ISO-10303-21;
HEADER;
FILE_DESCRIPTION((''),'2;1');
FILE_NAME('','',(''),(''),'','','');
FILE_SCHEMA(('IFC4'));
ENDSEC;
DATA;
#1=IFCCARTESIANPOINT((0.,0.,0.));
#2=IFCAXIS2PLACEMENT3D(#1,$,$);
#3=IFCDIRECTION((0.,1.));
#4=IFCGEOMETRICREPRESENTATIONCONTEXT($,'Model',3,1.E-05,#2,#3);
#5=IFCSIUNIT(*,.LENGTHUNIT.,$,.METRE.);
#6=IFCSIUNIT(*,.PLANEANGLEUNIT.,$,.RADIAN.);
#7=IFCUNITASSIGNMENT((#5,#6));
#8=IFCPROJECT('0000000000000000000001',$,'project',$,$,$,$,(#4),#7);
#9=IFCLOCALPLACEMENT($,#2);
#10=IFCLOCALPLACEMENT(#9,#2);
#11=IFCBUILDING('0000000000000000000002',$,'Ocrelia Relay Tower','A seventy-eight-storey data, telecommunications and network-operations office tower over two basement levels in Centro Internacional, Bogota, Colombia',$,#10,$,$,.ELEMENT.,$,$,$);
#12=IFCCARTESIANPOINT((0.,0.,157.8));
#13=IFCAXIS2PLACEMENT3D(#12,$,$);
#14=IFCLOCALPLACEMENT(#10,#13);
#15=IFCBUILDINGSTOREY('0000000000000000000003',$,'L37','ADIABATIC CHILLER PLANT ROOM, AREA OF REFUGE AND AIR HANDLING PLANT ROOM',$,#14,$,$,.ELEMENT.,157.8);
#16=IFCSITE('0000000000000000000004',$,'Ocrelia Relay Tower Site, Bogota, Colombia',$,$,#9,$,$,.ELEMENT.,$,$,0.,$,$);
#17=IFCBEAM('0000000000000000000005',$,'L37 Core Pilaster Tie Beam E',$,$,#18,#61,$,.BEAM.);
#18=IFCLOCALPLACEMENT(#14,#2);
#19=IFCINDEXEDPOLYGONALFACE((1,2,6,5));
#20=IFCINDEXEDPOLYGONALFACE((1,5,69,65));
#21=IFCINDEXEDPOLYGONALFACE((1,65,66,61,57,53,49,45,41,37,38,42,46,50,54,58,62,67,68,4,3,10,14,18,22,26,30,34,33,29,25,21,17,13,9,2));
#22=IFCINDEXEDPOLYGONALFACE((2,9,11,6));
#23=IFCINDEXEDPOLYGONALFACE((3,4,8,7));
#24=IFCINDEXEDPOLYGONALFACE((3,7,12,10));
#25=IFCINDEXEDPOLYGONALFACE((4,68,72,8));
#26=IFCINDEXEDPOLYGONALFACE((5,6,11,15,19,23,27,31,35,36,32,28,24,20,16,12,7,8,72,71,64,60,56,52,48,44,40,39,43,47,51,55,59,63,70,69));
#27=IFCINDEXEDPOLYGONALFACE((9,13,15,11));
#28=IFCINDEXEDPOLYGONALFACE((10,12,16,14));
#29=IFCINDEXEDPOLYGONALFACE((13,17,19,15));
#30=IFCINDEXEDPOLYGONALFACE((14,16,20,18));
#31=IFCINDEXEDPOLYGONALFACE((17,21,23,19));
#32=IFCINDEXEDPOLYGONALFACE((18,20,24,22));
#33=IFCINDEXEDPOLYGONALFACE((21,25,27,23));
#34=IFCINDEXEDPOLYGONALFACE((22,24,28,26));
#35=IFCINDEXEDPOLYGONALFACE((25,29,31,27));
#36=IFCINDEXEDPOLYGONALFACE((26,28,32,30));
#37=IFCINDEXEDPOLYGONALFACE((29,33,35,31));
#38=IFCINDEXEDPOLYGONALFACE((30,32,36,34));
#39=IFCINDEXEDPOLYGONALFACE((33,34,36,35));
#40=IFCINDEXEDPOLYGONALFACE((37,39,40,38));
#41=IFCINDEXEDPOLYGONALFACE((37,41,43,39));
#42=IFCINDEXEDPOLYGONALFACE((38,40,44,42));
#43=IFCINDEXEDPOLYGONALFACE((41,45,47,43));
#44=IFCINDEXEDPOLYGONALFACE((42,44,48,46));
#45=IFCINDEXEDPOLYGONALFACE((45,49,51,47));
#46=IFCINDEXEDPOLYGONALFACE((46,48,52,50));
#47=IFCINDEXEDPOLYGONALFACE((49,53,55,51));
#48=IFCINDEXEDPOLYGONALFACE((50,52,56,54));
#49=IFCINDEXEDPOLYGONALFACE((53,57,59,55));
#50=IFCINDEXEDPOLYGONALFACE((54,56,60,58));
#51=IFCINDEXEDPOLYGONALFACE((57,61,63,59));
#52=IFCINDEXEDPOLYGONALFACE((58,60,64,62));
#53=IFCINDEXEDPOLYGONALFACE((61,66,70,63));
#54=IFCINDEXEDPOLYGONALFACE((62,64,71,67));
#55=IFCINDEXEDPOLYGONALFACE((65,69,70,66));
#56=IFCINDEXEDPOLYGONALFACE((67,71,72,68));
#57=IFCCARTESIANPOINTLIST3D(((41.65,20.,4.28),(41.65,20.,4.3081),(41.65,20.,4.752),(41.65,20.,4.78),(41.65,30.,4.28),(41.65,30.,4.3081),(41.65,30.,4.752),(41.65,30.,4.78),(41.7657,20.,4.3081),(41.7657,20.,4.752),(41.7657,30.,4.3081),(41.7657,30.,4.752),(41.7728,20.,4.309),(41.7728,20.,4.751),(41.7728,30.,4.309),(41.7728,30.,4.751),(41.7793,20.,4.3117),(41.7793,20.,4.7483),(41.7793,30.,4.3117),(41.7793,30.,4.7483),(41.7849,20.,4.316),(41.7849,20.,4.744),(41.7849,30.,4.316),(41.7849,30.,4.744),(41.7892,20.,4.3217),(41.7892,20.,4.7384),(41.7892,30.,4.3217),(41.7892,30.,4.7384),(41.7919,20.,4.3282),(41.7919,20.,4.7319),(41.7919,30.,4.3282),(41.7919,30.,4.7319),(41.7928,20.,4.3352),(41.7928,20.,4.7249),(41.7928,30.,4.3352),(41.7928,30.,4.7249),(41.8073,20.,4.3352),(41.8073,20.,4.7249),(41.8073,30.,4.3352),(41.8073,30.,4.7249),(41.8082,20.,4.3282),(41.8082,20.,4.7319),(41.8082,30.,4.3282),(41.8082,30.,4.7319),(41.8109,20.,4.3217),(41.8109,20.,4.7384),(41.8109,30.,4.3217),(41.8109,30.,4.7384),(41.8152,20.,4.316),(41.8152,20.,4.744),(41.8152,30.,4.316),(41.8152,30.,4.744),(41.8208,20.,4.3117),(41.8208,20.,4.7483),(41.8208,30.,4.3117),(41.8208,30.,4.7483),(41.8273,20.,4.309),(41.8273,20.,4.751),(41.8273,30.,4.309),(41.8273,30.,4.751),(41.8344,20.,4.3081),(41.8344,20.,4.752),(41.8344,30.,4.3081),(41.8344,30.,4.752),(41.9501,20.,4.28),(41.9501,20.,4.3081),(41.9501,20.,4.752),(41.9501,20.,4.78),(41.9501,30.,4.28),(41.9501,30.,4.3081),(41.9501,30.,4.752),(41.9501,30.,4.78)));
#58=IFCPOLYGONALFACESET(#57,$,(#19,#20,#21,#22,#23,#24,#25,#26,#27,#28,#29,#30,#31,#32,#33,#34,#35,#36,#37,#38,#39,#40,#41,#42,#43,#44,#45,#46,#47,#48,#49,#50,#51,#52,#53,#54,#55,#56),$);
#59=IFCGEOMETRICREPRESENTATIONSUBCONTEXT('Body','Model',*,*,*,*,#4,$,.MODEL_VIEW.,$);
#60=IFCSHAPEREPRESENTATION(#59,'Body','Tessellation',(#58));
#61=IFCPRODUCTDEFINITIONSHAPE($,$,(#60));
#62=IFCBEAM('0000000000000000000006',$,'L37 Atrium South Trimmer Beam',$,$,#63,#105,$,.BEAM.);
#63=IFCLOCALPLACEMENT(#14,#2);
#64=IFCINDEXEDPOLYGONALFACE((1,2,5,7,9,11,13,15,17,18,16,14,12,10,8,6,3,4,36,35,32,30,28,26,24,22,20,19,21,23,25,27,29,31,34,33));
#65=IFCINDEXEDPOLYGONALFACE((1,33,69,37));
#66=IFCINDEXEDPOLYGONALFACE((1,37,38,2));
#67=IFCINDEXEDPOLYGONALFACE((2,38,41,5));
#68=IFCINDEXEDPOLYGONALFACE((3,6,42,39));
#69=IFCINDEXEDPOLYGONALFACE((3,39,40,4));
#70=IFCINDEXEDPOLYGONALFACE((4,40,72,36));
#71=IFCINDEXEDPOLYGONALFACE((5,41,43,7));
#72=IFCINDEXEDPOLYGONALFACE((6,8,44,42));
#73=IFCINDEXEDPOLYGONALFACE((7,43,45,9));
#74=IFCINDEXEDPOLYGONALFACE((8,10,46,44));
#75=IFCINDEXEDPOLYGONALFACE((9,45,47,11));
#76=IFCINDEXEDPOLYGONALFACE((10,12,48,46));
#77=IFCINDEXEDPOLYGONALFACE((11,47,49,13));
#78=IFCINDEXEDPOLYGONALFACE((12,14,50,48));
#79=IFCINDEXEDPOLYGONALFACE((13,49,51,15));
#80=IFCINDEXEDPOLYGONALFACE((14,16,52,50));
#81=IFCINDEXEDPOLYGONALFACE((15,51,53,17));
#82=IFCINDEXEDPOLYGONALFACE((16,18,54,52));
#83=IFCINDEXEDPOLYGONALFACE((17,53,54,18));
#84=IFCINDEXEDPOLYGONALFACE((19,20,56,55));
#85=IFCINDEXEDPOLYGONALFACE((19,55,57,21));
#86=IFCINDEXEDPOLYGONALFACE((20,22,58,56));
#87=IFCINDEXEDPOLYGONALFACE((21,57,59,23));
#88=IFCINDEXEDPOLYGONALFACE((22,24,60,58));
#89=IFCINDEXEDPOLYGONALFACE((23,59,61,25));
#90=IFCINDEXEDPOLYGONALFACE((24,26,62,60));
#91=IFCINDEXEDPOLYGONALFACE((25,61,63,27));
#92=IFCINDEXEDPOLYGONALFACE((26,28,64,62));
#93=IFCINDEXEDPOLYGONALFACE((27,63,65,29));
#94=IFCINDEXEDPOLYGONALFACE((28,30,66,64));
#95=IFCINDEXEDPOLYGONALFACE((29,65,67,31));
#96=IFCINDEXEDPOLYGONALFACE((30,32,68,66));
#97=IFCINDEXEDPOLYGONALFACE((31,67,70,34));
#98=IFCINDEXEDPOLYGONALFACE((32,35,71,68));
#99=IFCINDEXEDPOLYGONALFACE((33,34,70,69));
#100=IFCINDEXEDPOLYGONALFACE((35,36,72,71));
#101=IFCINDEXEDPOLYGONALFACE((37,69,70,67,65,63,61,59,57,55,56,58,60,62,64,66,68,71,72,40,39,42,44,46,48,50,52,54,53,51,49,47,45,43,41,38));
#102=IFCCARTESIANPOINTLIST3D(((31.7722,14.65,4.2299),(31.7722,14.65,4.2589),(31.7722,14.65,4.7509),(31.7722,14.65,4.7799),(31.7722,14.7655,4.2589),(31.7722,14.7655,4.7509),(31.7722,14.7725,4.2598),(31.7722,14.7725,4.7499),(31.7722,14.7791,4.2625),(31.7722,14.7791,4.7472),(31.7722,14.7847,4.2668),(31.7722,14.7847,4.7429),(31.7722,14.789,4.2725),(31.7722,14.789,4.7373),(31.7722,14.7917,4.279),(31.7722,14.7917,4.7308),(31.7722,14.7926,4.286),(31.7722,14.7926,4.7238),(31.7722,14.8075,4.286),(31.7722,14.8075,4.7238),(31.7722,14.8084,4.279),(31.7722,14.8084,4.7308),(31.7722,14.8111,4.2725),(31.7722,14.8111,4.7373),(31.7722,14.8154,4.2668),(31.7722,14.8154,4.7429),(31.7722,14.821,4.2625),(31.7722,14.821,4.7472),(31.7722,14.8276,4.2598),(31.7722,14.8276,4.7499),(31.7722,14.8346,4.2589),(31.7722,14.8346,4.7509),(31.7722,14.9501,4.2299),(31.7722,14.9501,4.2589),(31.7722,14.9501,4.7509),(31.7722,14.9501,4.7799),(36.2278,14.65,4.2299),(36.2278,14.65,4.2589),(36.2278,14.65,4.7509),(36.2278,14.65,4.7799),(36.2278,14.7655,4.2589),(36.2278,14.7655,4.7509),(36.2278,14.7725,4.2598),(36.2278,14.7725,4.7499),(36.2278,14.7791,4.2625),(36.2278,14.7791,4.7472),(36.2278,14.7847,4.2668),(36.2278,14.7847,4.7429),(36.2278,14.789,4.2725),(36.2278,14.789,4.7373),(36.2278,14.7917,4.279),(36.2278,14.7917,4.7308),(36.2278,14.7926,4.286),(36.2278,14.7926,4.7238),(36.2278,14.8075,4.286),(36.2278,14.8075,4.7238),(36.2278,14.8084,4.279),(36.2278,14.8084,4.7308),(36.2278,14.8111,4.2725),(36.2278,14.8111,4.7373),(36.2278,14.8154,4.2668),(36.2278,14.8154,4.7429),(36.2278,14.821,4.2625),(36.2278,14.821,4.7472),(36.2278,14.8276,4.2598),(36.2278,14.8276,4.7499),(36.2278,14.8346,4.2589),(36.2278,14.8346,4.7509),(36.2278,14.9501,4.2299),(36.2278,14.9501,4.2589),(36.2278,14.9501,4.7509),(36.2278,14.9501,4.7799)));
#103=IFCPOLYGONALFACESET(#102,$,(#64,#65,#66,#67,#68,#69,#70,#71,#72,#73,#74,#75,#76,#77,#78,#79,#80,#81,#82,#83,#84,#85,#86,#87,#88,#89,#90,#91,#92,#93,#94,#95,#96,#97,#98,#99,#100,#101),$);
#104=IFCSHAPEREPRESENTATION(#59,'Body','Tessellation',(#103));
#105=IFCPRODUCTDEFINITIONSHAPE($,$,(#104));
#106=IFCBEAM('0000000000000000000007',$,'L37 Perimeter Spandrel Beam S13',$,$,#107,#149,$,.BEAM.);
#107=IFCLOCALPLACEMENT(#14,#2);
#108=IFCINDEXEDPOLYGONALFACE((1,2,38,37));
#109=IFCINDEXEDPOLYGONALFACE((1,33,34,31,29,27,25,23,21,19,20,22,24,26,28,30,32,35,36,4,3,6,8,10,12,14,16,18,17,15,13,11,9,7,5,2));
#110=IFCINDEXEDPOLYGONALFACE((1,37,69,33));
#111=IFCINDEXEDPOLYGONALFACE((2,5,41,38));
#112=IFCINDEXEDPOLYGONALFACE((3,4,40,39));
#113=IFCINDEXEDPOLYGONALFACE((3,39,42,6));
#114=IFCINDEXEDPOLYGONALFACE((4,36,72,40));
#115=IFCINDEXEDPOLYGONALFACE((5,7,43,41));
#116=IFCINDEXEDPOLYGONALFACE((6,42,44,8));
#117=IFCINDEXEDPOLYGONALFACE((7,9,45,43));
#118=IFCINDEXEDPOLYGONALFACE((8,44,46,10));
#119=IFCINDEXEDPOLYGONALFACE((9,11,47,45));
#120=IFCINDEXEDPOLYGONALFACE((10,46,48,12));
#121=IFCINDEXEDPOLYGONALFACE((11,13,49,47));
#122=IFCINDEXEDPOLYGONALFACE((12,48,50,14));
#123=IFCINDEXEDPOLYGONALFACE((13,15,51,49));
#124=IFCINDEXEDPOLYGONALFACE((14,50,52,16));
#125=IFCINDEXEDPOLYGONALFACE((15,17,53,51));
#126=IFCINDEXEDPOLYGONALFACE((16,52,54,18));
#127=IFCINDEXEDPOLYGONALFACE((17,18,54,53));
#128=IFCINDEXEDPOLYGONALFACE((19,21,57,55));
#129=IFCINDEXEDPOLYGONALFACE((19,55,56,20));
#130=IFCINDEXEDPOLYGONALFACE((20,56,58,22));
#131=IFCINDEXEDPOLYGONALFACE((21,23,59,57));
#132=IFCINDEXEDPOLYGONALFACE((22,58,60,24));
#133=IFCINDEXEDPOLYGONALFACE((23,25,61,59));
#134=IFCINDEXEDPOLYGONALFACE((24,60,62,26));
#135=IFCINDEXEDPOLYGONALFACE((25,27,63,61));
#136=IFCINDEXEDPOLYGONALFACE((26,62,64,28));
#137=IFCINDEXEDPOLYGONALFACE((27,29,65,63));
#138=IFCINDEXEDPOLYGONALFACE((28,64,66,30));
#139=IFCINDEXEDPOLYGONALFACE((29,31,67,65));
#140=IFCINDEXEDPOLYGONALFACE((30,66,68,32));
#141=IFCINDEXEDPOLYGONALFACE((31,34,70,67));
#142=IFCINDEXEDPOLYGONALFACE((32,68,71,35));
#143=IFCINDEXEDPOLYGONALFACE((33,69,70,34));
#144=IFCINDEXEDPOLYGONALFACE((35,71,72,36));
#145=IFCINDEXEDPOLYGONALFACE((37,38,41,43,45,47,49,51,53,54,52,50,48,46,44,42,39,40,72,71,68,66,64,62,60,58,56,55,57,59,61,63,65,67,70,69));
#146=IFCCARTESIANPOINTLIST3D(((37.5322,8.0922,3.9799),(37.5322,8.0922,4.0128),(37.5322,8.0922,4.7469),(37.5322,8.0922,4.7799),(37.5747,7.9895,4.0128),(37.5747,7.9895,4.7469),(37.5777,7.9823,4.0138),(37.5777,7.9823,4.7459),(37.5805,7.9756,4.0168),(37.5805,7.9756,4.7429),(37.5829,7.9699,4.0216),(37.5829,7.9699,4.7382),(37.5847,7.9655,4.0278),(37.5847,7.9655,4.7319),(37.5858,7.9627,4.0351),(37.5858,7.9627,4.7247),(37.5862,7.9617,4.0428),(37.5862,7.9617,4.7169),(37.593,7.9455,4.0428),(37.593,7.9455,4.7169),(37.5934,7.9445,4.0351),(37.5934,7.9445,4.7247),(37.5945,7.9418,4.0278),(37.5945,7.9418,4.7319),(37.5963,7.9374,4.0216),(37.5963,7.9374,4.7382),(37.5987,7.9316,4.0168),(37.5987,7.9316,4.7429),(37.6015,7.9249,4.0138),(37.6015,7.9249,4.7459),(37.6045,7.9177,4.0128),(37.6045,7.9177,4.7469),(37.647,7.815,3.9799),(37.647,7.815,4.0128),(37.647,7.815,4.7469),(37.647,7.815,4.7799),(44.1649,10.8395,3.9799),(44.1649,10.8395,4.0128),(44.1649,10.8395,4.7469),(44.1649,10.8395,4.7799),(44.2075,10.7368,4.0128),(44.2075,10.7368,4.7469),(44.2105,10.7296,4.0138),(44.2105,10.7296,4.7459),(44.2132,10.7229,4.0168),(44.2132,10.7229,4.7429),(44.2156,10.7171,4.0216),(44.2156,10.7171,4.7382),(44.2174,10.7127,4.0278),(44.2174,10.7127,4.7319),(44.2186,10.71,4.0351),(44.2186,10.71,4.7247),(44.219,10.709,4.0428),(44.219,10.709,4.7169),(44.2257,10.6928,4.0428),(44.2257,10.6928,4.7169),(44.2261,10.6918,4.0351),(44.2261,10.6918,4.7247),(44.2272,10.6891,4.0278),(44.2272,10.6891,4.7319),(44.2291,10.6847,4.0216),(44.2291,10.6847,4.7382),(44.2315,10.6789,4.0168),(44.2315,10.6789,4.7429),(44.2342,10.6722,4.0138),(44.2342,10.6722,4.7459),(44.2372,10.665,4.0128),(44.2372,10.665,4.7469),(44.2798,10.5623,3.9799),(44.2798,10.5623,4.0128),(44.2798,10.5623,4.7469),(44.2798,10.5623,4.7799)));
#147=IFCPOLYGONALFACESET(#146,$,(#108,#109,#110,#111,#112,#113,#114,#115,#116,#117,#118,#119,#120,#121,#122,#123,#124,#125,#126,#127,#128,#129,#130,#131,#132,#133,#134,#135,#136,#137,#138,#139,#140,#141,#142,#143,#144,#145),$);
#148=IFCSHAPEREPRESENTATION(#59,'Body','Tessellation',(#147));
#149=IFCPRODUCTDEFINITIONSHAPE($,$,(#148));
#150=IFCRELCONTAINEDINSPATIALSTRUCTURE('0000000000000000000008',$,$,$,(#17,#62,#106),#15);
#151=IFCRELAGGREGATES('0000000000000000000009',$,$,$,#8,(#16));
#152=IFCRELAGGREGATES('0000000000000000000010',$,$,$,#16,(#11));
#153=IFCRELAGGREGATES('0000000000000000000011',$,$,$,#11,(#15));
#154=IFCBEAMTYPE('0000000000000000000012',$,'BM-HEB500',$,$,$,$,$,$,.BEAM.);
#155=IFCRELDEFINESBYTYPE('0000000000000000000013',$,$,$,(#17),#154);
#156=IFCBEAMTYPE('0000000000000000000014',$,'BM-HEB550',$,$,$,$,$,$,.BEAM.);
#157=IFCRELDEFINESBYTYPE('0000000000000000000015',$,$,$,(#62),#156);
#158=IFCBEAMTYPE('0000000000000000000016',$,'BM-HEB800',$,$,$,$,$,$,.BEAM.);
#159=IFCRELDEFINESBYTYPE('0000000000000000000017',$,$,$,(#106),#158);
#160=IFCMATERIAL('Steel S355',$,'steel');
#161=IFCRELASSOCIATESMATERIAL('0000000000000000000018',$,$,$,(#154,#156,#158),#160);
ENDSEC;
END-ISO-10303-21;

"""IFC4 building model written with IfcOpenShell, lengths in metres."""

from ifc_helpers import new_model, si_unit, direction, frame, origin, origin_2d, place, context, subcontext, project, spatial, i_section, extrude, material, material_profile, profile_set, type_object, element, save


model = new_model("IFC4")

# Units and contexts
model_context = context("Model", 3, precision=1e-05, world=origin(), true_north=direction((0.0, 1.0)))
body_context = subcontext(model_context, "Body", "Model", "MODEL_VIEW")
ifc_project = project(units=[si_unit("LENGTHUNIT", "METRE"), si_unit("PLANEANGLEUNIT", "RADIAN")], contexts=[model_context])

# Site, building, storey
site_placement = place(None, origin())
site = spatial("IfcSite", under=ifc_project, at=site_placement, Name="Ocrelia Relay Tower Site, Bogota, Colombia", CompositionType="ELEMENT", RefElevation=0.0)
building_placement = place(site_placement, origin())
building = spatial("IfcBuilding", under=site, at=building_placement, Name="Ocrelia Relay Tower", Description="A seventy-eight-storey data, telecommunications and network-operations office tower over two basement levels in Centro Internacional, Bogota, Colombia", CompositionType="ELEMENT")
storey_placement = place(building_placement, frame((0.0, 0.0, 157.8)))
storey = spatial("IfcBuildingStorey", under=building, at=storey_placement, Name="L37", Description="ADIABATIC CHILLER PLANT ROOM, AREA OF REFUGE AND AIR HANDLING PLANT ROOM", CompositionType="ELEMENT", Elevation=157.8)

# Beams
ifc_material_1 = material(Name="Steel S355", Category="steel")
ifc_material_profile_1 = material_profile(ifc_material_1, i_section(OverallWidth=0.3, OverallDepth=0.5, WebThickness=0.0144, FlangeThickness=0.0281, FilletRadius=0.0271, at=origin_2d()), Name="HEB 500")
ifc_profile_set_1 = profile_set([ifc_material_profile_1], Name="Steel S355")
beam_type_1 = type_object("IfcBeamType", Name="BM-HEB500", PredefinedType="BEAM", material=ifc_profile_set_1)
beam_1_placement = place(storey_placement, frame((41.8, 20.0, 4.53), z_axis=(0.0, 1.0, 0.0), x_axis=(-1.0, 0.0, 0.0)))
element("IfcBeam", 1, at=beam_1_placement, inside=storey, type_object=beam_type_1, Name="L37 Core Pilaster Tie Beam E", PredefinedType="BEAM", context=body_context, shape_type="SweptSolid", body=[
    extrude(i_section(OverallWidth=0.3, OverallDepth=0.5, WebThickness=0.0144, FlangeThickness=0.0281, FilletRadius=0.0271, at=origin_2d()), origin(), (0.0, 0.0, 1.0), 10.0),
])
ifc_material_profile_2 = material_profile(ifc_material_1, i_section(OverallWidth=0.3, OverallDepth=0.55, WebThickness=0.0149, FlangeThickness=0.0291, FilletRadius=0.0271, at=origin_2d()), Name="HEB 550")
ifc_profile_set_2 = profile_set([ifc_material_profile_2], Name="Steel S355")
beam_type_2 = type_object("IfcBeamType", Name="BM-HEB550", PredefinedType="BEAM", material=ifc_profile_set_2)
beam_2_placement = place(storey_placement, frame((31.7722, 14.8, 4.5049), z_axis=(1.0, 0.0, 0.0), x_axis=(0.0, 1.0, 0.0)))
element("IfcBeam", 2, at=beam_2_placement, inside=storey, type_object=beam_type_2, Name="L37 Atrium South Trimmer Beam", PredefinedType="BEAM", context=body_context, shape_type="SweptSolid", body=[
    extrude(i_section(OverallWidth=0.3, OverallDepth=0.55, WebThickness=0.0149, FlangeThickness=0.0291, FilletRadius=0.0271, at=origin_2d()), origin(), (0.0, 0.0, 1.0), 4.4556),
])
ifc_material_profile_3 = material_profile(ifc_material_1, i_section(OverallWidth=0.3, OverallDepth=0.8, WebThickness=0.0176, FlangeThickness=0.033, FilletRadius=0.03, at=origin_2d()), Name="HEB 800")
ifc_profile_set_3 = profile_set([ifc_material_profile_3], Name="Steel S355")
beam_type_3 = type_object("IfcBeamType", Name="BM-HEB800", PredefinedType="BEAM", material=ifc_profile_set_3)
beam_3_placement = place(storey_placement, frame((37.5896, 7.9536, 4.3799), z_axis=(0.923884, 0.382673, 0.0), x_axis=(-0.382673, 0.923884, 0.0)))
element("IfcBeam", 3, at=beam_3_placement, inside=storey, type_object=beam_type_3, Name="L37 Perimeter Spandrel Beam S13", PredefinedType="BEAM", context=body_context, shape_type="SweptSolid", body=[
    extrude(i_section(OverallWidth=0.3, OverallDepth=0.8, WebThickness=0.0176, FlangeThickness=0.033, FilletRadius=0.03, at=origin_2d()), origin(), (0.0, 0.0, 1.0), 7.1792),
])

save(model, "model.ifc")
